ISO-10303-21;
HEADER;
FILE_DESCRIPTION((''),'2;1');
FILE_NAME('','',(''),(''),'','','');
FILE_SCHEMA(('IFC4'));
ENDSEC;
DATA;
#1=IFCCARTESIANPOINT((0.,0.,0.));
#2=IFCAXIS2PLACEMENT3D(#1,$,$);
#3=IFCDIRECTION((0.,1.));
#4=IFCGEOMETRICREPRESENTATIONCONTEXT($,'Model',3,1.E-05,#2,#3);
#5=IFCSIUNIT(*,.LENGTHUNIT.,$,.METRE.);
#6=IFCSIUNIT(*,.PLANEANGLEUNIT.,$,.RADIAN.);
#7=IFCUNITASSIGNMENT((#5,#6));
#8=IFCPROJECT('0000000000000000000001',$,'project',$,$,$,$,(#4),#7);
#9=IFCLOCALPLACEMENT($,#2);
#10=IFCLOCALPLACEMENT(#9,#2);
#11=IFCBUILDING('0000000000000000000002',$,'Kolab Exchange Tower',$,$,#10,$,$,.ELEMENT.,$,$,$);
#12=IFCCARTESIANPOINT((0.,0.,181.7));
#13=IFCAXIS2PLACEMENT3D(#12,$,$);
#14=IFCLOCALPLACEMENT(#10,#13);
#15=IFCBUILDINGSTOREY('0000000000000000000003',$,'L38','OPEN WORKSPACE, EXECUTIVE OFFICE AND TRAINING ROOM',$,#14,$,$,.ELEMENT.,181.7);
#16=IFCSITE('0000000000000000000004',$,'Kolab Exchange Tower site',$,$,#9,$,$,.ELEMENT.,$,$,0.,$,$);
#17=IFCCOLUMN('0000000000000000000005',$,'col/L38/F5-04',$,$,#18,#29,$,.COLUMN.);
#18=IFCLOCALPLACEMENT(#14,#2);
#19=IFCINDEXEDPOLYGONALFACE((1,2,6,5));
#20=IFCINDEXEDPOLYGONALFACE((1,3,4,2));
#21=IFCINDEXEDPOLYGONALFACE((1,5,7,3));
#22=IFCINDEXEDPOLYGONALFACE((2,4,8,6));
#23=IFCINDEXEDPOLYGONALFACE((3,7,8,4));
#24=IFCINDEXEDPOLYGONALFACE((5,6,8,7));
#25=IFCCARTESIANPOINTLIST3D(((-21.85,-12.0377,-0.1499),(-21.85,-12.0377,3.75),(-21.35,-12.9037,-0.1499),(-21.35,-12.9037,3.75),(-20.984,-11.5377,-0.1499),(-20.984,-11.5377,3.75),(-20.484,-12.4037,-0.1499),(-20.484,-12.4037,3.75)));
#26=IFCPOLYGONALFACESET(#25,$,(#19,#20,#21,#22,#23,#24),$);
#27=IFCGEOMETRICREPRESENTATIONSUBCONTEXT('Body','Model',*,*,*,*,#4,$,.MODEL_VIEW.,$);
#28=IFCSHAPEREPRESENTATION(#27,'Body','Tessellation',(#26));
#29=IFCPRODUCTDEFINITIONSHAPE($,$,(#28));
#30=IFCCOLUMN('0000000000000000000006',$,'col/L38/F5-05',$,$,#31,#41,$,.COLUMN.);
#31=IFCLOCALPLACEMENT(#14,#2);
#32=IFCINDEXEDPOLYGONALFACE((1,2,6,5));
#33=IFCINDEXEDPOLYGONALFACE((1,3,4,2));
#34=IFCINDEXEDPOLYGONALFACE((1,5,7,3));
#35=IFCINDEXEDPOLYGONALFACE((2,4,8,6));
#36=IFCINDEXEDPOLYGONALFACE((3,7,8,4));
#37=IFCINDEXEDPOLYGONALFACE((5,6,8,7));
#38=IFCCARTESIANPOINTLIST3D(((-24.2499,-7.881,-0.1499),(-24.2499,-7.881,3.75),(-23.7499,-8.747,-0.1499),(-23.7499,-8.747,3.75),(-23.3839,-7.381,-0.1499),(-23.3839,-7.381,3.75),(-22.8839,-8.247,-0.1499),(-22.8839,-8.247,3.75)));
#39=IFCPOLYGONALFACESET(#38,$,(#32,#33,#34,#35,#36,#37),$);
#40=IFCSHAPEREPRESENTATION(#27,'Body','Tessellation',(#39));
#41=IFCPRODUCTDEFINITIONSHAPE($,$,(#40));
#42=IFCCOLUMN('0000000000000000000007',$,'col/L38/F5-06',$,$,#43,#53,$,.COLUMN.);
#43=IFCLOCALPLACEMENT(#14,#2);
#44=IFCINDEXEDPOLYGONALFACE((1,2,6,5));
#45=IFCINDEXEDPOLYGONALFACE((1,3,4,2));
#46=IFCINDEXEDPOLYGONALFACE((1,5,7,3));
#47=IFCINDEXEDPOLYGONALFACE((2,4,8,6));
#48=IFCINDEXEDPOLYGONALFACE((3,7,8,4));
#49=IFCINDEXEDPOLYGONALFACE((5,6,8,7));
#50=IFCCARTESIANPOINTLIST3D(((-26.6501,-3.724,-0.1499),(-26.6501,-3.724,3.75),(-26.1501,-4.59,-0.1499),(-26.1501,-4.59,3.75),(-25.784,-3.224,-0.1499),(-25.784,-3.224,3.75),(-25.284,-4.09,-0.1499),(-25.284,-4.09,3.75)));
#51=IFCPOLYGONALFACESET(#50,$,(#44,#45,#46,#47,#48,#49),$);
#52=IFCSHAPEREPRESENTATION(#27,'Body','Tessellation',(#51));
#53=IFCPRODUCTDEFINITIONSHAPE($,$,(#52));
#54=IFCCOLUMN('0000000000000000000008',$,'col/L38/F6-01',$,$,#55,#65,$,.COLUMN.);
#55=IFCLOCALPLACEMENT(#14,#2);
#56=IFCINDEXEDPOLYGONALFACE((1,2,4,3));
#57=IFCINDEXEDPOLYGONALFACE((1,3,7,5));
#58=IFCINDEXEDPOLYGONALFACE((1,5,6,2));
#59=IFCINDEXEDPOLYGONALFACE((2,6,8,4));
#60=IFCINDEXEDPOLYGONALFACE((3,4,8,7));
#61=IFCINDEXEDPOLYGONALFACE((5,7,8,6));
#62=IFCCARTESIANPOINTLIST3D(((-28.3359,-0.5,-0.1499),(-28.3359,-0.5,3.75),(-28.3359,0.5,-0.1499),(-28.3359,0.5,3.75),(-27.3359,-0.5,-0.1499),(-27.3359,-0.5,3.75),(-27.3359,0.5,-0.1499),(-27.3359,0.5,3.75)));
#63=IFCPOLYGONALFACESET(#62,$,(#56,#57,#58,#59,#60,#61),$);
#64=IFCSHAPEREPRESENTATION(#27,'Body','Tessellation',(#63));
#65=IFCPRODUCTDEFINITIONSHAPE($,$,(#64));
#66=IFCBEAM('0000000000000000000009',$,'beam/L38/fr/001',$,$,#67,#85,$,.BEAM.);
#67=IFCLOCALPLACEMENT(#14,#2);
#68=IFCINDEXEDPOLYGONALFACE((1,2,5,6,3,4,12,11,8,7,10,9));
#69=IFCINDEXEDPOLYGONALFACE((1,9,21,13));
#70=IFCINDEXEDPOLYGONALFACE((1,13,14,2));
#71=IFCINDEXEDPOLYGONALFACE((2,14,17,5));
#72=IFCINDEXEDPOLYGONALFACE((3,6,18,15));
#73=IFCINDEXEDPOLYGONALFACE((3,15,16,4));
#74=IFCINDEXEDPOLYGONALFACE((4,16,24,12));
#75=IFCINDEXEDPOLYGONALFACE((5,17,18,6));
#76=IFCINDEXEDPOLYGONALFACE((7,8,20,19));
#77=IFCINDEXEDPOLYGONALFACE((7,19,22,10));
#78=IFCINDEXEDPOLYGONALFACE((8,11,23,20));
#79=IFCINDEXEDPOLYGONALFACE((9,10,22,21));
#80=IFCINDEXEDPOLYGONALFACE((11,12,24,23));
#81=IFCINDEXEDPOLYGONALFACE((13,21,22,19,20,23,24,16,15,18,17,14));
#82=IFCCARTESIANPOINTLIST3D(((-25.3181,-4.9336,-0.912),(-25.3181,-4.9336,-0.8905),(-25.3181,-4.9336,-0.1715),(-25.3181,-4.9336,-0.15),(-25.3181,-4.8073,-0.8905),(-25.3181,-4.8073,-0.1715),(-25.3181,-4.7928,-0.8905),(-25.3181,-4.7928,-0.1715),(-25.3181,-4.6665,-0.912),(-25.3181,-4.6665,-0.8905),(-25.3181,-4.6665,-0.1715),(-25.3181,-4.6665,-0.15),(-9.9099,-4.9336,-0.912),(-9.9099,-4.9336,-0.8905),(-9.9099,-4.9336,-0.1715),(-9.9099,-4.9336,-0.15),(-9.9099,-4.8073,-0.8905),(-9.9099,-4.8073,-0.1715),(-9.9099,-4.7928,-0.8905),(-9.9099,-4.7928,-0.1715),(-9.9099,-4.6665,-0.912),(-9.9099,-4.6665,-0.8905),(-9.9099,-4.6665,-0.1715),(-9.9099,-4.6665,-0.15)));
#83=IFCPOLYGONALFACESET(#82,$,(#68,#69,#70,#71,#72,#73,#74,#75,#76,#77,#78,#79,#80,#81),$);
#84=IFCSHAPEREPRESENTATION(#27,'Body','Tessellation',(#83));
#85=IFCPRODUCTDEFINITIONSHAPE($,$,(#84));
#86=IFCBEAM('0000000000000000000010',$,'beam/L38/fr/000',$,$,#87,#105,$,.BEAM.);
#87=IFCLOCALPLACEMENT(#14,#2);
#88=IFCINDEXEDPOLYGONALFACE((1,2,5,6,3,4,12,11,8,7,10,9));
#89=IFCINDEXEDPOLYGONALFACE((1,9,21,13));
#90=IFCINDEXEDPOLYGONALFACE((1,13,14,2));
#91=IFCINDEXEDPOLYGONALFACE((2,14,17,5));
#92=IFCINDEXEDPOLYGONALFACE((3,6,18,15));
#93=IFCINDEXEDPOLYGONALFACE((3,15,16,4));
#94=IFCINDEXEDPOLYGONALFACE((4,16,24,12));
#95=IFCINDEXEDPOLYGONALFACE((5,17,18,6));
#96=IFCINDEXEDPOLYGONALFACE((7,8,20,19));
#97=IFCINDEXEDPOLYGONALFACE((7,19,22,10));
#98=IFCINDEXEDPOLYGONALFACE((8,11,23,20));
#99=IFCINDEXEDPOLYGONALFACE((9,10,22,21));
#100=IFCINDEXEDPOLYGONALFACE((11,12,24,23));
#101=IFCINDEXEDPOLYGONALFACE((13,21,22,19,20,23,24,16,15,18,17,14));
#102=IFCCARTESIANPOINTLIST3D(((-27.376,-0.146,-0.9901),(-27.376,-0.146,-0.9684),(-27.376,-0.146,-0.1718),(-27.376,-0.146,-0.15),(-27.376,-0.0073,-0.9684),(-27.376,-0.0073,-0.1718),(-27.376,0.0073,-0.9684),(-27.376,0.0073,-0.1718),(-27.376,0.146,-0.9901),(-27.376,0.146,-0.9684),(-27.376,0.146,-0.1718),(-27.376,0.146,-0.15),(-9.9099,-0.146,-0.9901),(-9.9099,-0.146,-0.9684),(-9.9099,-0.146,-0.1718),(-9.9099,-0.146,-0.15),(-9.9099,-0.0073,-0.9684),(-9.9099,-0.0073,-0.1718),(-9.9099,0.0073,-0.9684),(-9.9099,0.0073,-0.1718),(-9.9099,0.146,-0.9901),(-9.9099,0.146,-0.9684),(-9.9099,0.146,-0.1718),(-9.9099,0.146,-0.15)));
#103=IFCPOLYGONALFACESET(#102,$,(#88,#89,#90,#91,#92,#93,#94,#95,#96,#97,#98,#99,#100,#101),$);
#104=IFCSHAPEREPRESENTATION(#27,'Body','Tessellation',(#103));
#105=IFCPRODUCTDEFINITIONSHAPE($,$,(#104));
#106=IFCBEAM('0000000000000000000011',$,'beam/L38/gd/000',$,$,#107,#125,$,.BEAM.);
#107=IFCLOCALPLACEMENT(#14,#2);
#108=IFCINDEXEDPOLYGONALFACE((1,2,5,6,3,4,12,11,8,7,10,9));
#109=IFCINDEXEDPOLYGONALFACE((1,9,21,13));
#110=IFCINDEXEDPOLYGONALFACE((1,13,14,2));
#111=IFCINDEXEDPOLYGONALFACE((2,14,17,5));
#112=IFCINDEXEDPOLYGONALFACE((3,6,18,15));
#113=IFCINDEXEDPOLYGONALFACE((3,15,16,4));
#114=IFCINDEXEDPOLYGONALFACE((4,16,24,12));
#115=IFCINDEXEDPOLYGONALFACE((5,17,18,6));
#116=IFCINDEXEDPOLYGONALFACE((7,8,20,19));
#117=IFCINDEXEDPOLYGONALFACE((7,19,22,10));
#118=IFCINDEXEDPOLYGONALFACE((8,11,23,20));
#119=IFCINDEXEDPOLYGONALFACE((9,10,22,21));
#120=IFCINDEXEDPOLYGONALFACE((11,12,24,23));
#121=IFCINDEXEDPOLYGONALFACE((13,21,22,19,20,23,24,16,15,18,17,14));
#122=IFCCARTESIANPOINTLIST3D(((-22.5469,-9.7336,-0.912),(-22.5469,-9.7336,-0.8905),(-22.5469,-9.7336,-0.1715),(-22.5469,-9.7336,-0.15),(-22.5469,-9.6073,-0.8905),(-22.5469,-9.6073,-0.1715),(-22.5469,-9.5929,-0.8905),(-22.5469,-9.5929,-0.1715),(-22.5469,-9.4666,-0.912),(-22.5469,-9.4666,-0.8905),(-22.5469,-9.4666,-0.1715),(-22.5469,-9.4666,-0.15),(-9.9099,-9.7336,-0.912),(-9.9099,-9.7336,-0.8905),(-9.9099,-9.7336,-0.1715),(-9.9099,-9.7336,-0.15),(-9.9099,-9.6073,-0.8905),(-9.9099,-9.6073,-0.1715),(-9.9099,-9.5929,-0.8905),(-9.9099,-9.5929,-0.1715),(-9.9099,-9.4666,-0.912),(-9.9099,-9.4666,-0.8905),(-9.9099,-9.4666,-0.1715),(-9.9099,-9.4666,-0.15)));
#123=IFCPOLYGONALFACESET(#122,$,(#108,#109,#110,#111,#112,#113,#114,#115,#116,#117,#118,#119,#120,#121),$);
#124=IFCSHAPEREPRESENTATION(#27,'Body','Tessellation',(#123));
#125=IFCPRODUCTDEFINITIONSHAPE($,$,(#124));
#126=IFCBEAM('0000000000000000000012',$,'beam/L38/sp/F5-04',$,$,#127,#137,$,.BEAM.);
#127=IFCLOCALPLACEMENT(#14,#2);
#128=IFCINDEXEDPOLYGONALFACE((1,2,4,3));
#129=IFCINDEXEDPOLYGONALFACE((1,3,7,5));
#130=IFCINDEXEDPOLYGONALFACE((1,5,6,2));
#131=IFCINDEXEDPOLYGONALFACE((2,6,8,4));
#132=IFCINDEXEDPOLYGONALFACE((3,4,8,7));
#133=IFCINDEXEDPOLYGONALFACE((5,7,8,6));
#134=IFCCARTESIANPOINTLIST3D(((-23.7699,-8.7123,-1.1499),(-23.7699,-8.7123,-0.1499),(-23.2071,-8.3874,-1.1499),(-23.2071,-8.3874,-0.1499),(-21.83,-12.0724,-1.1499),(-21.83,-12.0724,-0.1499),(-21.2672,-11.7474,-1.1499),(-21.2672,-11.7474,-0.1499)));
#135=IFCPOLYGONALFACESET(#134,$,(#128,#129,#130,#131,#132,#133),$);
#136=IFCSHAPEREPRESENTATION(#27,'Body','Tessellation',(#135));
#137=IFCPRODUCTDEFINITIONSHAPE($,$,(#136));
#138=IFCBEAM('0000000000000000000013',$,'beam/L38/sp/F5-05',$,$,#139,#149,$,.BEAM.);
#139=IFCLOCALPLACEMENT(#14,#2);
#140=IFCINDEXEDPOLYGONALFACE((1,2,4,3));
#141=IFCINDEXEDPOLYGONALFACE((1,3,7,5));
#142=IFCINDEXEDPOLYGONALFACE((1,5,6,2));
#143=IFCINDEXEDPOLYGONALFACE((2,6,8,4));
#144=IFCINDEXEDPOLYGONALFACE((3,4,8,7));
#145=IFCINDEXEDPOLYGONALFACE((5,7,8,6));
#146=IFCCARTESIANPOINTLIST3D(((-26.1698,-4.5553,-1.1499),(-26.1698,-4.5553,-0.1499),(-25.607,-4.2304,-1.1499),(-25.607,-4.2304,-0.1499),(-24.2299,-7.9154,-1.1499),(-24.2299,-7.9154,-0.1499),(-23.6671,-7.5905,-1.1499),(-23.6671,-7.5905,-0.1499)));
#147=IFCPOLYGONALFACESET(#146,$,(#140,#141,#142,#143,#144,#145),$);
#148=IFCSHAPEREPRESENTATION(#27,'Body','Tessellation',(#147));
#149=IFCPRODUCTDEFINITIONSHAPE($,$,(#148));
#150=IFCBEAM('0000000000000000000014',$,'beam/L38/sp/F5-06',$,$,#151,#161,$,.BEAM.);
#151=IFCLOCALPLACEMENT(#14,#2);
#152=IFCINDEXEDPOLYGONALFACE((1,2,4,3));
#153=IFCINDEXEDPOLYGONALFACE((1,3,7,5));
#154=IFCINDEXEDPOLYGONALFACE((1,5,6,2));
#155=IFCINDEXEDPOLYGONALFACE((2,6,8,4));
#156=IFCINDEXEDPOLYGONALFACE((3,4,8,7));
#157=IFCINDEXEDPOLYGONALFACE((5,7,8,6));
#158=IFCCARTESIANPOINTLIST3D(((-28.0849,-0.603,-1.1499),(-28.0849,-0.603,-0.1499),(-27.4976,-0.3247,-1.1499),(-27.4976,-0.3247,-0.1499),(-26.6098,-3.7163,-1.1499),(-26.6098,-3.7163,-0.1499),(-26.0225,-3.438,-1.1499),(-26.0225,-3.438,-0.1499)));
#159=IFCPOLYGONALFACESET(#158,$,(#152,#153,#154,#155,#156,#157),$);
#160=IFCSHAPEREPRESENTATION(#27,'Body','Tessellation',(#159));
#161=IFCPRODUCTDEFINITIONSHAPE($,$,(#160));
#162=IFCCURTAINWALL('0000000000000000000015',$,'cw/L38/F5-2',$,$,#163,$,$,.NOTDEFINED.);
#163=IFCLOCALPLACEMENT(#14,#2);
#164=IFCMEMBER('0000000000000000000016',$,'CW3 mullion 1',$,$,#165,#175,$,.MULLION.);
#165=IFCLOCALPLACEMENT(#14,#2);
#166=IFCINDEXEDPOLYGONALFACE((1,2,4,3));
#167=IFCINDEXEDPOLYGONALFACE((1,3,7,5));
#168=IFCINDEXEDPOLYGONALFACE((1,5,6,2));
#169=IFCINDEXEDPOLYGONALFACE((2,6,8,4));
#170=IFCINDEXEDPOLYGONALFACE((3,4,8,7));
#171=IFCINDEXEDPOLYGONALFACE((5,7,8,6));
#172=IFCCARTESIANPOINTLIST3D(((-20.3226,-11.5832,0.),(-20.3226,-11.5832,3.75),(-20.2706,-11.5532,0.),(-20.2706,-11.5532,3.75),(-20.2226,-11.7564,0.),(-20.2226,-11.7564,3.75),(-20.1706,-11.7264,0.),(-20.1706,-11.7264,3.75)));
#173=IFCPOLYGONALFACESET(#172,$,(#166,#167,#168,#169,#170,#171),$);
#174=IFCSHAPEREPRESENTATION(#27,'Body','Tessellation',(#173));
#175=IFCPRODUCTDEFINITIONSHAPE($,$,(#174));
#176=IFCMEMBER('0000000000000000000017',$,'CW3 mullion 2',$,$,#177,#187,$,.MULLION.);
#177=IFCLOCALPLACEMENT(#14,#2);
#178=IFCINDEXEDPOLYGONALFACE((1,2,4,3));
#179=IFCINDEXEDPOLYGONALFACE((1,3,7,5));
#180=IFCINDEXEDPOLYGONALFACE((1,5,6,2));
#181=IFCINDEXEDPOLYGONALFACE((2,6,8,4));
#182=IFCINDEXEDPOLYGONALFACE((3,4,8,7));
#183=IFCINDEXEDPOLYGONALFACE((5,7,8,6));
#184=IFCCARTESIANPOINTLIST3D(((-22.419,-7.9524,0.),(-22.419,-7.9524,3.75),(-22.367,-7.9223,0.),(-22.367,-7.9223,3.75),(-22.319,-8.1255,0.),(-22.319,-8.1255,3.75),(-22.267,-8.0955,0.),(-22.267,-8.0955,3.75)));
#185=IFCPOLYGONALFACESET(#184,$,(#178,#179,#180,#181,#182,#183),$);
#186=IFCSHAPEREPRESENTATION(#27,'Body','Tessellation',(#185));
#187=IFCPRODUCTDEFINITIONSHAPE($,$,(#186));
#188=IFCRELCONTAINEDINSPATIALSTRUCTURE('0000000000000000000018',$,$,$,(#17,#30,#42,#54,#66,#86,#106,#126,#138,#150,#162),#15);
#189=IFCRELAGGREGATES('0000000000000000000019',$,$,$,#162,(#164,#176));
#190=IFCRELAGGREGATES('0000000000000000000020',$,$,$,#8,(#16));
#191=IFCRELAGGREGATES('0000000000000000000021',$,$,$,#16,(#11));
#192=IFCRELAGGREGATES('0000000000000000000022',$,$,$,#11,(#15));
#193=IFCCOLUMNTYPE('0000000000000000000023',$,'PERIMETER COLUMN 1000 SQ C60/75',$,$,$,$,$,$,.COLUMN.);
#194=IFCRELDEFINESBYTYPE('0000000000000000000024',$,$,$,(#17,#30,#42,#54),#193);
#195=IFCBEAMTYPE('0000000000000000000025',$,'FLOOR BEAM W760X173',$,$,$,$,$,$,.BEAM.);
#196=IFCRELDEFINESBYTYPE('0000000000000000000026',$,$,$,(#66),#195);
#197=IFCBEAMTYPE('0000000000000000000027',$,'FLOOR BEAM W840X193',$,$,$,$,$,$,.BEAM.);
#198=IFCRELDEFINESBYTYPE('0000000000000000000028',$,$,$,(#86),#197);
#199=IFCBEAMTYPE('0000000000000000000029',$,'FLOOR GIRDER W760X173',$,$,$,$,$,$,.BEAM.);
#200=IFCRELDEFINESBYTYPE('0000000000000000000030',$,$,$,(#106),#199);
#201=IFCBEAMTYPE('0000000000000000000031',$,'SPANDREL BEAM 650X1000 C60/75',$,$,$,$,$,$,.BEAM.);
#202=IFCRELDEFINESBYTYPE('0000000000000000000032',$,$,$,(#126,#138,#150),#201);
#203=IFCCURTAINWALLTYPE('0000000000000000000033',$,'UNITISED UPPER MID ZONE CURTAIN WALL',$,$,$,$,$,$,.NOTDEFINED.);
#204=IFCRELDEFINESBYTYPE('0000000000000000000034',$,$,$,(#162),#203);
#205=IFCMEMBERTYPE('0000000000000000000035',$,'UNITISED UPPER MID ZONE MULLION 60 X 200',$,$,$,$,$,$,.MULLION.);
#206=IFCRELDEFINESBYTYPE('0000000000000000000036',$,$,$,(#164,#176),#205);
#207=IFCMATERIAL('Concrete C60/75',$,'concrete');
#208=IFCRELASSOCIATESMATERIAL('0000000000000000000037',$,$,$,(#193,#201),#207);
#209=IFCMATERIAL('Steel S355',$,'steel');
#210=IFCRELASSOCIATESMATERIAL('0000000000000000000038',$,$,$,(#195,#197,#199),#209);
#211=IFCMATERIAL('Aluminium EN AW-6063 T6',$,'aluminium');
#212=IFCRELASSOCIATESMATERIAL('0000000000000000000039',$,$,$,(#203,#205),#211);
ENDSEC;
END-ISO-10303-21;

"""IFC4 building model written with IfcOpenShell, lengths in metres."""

from ifc_helpers import new_model, si_unit, direction, frame, origin, origin_2d, place, context, subcontext, project, spatial, rectangle, i_section, extrude, material, material_profile, profile_set, type_object, element, aggregate, save


model = new_model("IFC4")

# Units and contexts
model_context = context("Model", 3, precision=1e-05, world=origin(), true_north=direction((0.0, 1.0)))
body_context = subcontext(model_context, "Body", "Model", "MODEL_VIEW")
ifc_project = project(units=[si_unit("LENGTHUNIT", "METRE"), si_unit("PLANEANGLEUNIT", "RADIAN")], contexts=[model_context])

# Site, building, storey
site_placement = place(None, origin())
site = spatial("IfcSite", under=ifc_project, at=site_placement, Name="Kolab Exchange Tower site", CompositionType="ELEMENT", RefElevation=0.0)
building_placement = place(site_placement, origin())
building = spatial("IfcBuilding", under=site, at=building_placement, Name="Kolab Exchange Tower", CompositionType="ELEMENT")
storey_placement = place(building_placement, frame((0.0, 0.0, 181.7)))
storey = spatial("IfcBuildingStorey", under=building, at=storey_placement, Name="L38", Description="OPEN WORKSPACE, EXECUTIVE OFFICE AND TRAINING ROOM", CompositionType="ELEMENT", Elevation=181.7)

# Columns
ifc_material_1 = material(Name="Concrete C60/75", Category="concrete")
ifc_material_profile_1 = material_profile(ifc_material_1, rectangle(XDim=1.0, YDim=1.0, at=origin_2d()), Name="RC1000")
ifc_profile_set_1 = profile_set([ifc_material_profile_1], Name="Concrete C60/75")
column_type = type_object("IfcColumnType", Name="PERIMETER COLUMN 1000 SQ C60/75", PredefinedType="COLUMN", material=ifc_profile_set_1)
for number, where, z_axis, x_axis, name in (
    (1, (-21.167, -12.2207, -0.1499), (0.0, 0.0, 1.0), (0.866025, 0.5, 0.0), "col/L38/F5-04"),
    (2, (-23.5669, -8.064, -0.1499), (0.0, 0.0, 1.0), (0.866025, 0.5, 0.0), "col/L38/F5-05"),
    (3, (-25.967, -3.907, -0.1499), (0.0, 0.0, 1.0), (0.866025, 0.5, 0.0), "col/L38/F5-06"),
    (4, (-27.8359, 0.0, -0.1499), (0.0, 0.0, 1.0), (1.0, 0.0, 0.0), "col/L38/F6-01"),
):
    element("IfcColumn", number, at=place(storey_placement, frame(where, z_axis=z_axis, x_axis=x_axis)), inside=storey, type_object=column_type, Name=name, PredefinedType="COLUMN", context=body_context, shape_type="SweptSolid", body=[
        extrude(rectangle(XDim=1.0, YDim=1.0, at=origin_2d()), origin(), (0.0, 0.0, 1.0), 3.8999),
    ])

# Beams
ifc_material_2 = material(Name="Steel S355", Category="steel")
ifc_material_profile_2 = material_profile(ifc_material_2, i_section(OverallWidth=0.2671, OverallDepth=0.762, WebThickness=0.0144, FlangeThickness=0.0215, at=origin_2d()), Name="W760X173")
ifc_profile_set_2 = profile_set([ifc_material_profile_2], Name="Steel S355")
beam_type_1 = type_object("IfcBeamType", Name="FLOOR BEAM W760X173", PredefinedType="BEAM", material=ifc_profile_set_2)
beam_1_placement = place(storey_placement, frame((-25.3181, -4.8, -0.531), z_axis=(1.0, 0.0, 0.0), x_axis=(0.0, 1.0, 0.0)))
element("IfcBeam", 5, at=beam_1_placement, inside=storey, type_object=beam_type_1, Name="beam/L38/fr/001", PredefinedType="BEAM", context=body_context, shape_type="SweptSolid", body=[
    extrude(i_section(OverallWidth=0.2671, OverallDepth=0.762, WebThickness=0.0144, FlangeThickness=0.0215, at=origin_2d()), origin(), (0.0, 0.0, 1.0), 15.4082),
])
ifc_material_profile_3 = material_profile(ifc_material_2, i_section(OverallWidth=0.292, OverallDepth=0.8401, WebThickness=0.0146, FlangeThickness=0.0217, at=origin_2d()), Name="W840X193")
ifc_profile_set_3 = profile_set([ifc_material_profile_3], Name="Steel S355")
beam_type_2 = type_object("IfcBeamType", Name="FLOOR BEAM W840X193", PredefinedType="BEAM", material=ifc_profile_set_3)
beam_2_placement = place(storey_placement, frame((-27.376, 0.0, -0.5701), z_axis=(1.0, 0.0, 0.0), x_axis=(0.0, 1.0, 0.0)))
element("IfcBeam", 6, at=beam_2_placement, inside=storey, type_object=beam_type_2, Name="beam/L38/fr/000", PredefinedType="BEAM", context=body_context, shape_type="SweptSolid", body=[
    extrude(i_section(OverallWidth=0.292, OverallDepth=0.8401, WebThickness=0.0146, FlangeThickness=0.0217, at=origin_2d()), origin(), (0.0, 0.0, 1.0), 17.4661),
])
ifc_material_profile_4 = material_profile(ifc_material_2, i_section(OverallWidth=0.2671, OverallDepth=0.762, WebThickness=0.0144, FlangeThickness=0.0215, at=origin_2d()), Name="W760X173")
ifc_profile_set_4 = profile_set([ifc_material_profile_4], Name="Steel S355")
beam_type_3 = type_object("IfcBeamType", Name="FLOOR GIRDER W760X173", PredefinedType="BEAM", material=ifc_profile_set_4)
beam_3_placement = place(storey_placement, frame((-22.5469, -9.6001, -0.531), z_axis=(1.0, 0.0, 0.0), x_axis=(0.0, 1.0, 0.0)))
element("IfcBeam", 7, at=beam_3_placement, inside=storey, type_object=beam_type_3, Name="beam/L38/gd/000", PredefinedType="BEAM", context=body_context, shape_type="SweptSolid", body=[
    extrude(i_section(OverallWidth=0.2671, OverallDepth=0.762, WebThickness=0.0144, FlangeThickness=0.0215, at=origin_2d()), origin(), (0.0, 0.0, 1.0), 12.637),
])
ifc_material_profile_5 = material_profile(ifc_material_1, rectangle(XDim=0.6499, YDim=1.0, at=origin_2d()), Name="RC650X1000")
ifc_profile_set_5 = profile_set([ifc_material_profile_5], Name="Concrete C60/75")
beam_type_4 = type_object("IfcBeamType", Name="SPANDREL BEAM 650X1000 C60/75", PredefinedType="BEAM", material=ifc_profile_set_5)
for number, where, z_axis, x_axis, name in (
    (8, (-21.5486, -11.9099, -0.6499), (-0.499997, 0.866027, 0.0), (-0.866027, -0.499997, 0.0), "beam/L38/sp/F5-04"),
    (9, (-23.9485, -7.7529, -0.6499), (-0.499997, 0.866027, 0.0), (-0.866027, -0.499997, 0.0), "beam/L38/sp/F5-05"),
):
    element("IfcBeam", number, at=place(storey_placement, frame(where, z_axis=z_axis, x_axis=x_axis)), inside=storey, type_object=beam_type_4, Name=name, PredefinedType="BEAM", context=body_context, shape_type="SweptSolid", body=[
        extrude(rectangle(XDim=0.6499, YDim=1.0, at=origin_2d()), origin(), (0.0, 0.0, 1.0), 3.8799),
    ])
beam_4_placement = place(storey_placement, frame((-26.3162, -3.5771, -0.6499), z_axis=(-0.428178, 0.903695, 0.0), x_axis=(-0.903695, -0.428178, 0.0)))
element("IfcBeam", 10, at=beam_4_placement, inside=storey, type_object=beam_type_4, Name="beam/L38/sp/F5-06", PredefinedType="BEAM", context=body_context, shape_type="SweptSolid", body=[
    extrude(rectangle(XDim=0.6499, YDim=1.0, at=origin_2d()), origin(), (0.0, 0.0, 1.0), 3.4451),
])

# Curtain wall, members
ifc_material_3 = material(Name="Aluminium EN AW-6063 T6", Category="aluminium")
curtain_wall_type = type_object("IfcCurtainWallType", Name="UNITISED UPPER MID ZONE CURTAIN WALL", PredefinedType="NOTDEFINED", material=ifc_material_3)
curtain_wall_1_placement = place(storey_placement, origin())
curtain_wall_1 = element("IfcCurtainWall", 11, at=curtain_wall_1_placement, inside=storey, type_object=curtain_wall_type, Name="cw/L38/F5-2", PredefinedType="NOTDEFINED")
ifc_material_profile_6 = material_profile(ifc_material_3, rectangle(XDim=0.0601, YDim=0.2, at=origin_2d()), Name="RECT 60X200")
ifc_profile_set_6 = profile_set([ifc_material_profile_6], Name="Aluminium EN AW-6063 T6")
member_type_1 = type_object("IfcMemberType", Name="UNITISED UPPER MID ZONE MULLION 60 X 200", PredefinedType="MULLION", material=ifc_profile_set_6)
member_1_placement = place(storey_placement, frame((-20.2466, -11.6548, 0.0), z_axis=(0.0, 0.0, 1.0), x_axis=(-0.866025, -0.5, 0.0)))
member_1 = element("IfcMember", 12, at=member_1_placement, type_object=member_type_1, Name="CW3 mullion 1", PredefinedType="MULLION", context=body_context, shape_type="SweptSolid", body=[
    extrude(rectangle(XDim=0.0601, YDim=0.2, at=origin_2d()), origin(), (0.0, 0.0, 1.0), 3.75),
])
member_2_placement = place(storey_placement, frame((-22.343, -8.0239, 0.0), z_axis=(0.0, 0.0, 1.0), x_axis=(-0.866025, -0.5, 0.0)))
member_2 = element("IfcMember", 13, at=member_2_placement, type_object=member_type_1, Name="CW3 mullion 2", PredefinedType="MULLION", context=body_context, shape_type="SweptSolid", body=[
    extrude(rectangle(XDim=0.0601, YDim=0.2, at=origin_2d()), origin(), (0.0, 0.0, 1.0), 3.75),
])

aggregate(curtain_wall_1, [member_1, member_2])

save(model, "model.ifc")
